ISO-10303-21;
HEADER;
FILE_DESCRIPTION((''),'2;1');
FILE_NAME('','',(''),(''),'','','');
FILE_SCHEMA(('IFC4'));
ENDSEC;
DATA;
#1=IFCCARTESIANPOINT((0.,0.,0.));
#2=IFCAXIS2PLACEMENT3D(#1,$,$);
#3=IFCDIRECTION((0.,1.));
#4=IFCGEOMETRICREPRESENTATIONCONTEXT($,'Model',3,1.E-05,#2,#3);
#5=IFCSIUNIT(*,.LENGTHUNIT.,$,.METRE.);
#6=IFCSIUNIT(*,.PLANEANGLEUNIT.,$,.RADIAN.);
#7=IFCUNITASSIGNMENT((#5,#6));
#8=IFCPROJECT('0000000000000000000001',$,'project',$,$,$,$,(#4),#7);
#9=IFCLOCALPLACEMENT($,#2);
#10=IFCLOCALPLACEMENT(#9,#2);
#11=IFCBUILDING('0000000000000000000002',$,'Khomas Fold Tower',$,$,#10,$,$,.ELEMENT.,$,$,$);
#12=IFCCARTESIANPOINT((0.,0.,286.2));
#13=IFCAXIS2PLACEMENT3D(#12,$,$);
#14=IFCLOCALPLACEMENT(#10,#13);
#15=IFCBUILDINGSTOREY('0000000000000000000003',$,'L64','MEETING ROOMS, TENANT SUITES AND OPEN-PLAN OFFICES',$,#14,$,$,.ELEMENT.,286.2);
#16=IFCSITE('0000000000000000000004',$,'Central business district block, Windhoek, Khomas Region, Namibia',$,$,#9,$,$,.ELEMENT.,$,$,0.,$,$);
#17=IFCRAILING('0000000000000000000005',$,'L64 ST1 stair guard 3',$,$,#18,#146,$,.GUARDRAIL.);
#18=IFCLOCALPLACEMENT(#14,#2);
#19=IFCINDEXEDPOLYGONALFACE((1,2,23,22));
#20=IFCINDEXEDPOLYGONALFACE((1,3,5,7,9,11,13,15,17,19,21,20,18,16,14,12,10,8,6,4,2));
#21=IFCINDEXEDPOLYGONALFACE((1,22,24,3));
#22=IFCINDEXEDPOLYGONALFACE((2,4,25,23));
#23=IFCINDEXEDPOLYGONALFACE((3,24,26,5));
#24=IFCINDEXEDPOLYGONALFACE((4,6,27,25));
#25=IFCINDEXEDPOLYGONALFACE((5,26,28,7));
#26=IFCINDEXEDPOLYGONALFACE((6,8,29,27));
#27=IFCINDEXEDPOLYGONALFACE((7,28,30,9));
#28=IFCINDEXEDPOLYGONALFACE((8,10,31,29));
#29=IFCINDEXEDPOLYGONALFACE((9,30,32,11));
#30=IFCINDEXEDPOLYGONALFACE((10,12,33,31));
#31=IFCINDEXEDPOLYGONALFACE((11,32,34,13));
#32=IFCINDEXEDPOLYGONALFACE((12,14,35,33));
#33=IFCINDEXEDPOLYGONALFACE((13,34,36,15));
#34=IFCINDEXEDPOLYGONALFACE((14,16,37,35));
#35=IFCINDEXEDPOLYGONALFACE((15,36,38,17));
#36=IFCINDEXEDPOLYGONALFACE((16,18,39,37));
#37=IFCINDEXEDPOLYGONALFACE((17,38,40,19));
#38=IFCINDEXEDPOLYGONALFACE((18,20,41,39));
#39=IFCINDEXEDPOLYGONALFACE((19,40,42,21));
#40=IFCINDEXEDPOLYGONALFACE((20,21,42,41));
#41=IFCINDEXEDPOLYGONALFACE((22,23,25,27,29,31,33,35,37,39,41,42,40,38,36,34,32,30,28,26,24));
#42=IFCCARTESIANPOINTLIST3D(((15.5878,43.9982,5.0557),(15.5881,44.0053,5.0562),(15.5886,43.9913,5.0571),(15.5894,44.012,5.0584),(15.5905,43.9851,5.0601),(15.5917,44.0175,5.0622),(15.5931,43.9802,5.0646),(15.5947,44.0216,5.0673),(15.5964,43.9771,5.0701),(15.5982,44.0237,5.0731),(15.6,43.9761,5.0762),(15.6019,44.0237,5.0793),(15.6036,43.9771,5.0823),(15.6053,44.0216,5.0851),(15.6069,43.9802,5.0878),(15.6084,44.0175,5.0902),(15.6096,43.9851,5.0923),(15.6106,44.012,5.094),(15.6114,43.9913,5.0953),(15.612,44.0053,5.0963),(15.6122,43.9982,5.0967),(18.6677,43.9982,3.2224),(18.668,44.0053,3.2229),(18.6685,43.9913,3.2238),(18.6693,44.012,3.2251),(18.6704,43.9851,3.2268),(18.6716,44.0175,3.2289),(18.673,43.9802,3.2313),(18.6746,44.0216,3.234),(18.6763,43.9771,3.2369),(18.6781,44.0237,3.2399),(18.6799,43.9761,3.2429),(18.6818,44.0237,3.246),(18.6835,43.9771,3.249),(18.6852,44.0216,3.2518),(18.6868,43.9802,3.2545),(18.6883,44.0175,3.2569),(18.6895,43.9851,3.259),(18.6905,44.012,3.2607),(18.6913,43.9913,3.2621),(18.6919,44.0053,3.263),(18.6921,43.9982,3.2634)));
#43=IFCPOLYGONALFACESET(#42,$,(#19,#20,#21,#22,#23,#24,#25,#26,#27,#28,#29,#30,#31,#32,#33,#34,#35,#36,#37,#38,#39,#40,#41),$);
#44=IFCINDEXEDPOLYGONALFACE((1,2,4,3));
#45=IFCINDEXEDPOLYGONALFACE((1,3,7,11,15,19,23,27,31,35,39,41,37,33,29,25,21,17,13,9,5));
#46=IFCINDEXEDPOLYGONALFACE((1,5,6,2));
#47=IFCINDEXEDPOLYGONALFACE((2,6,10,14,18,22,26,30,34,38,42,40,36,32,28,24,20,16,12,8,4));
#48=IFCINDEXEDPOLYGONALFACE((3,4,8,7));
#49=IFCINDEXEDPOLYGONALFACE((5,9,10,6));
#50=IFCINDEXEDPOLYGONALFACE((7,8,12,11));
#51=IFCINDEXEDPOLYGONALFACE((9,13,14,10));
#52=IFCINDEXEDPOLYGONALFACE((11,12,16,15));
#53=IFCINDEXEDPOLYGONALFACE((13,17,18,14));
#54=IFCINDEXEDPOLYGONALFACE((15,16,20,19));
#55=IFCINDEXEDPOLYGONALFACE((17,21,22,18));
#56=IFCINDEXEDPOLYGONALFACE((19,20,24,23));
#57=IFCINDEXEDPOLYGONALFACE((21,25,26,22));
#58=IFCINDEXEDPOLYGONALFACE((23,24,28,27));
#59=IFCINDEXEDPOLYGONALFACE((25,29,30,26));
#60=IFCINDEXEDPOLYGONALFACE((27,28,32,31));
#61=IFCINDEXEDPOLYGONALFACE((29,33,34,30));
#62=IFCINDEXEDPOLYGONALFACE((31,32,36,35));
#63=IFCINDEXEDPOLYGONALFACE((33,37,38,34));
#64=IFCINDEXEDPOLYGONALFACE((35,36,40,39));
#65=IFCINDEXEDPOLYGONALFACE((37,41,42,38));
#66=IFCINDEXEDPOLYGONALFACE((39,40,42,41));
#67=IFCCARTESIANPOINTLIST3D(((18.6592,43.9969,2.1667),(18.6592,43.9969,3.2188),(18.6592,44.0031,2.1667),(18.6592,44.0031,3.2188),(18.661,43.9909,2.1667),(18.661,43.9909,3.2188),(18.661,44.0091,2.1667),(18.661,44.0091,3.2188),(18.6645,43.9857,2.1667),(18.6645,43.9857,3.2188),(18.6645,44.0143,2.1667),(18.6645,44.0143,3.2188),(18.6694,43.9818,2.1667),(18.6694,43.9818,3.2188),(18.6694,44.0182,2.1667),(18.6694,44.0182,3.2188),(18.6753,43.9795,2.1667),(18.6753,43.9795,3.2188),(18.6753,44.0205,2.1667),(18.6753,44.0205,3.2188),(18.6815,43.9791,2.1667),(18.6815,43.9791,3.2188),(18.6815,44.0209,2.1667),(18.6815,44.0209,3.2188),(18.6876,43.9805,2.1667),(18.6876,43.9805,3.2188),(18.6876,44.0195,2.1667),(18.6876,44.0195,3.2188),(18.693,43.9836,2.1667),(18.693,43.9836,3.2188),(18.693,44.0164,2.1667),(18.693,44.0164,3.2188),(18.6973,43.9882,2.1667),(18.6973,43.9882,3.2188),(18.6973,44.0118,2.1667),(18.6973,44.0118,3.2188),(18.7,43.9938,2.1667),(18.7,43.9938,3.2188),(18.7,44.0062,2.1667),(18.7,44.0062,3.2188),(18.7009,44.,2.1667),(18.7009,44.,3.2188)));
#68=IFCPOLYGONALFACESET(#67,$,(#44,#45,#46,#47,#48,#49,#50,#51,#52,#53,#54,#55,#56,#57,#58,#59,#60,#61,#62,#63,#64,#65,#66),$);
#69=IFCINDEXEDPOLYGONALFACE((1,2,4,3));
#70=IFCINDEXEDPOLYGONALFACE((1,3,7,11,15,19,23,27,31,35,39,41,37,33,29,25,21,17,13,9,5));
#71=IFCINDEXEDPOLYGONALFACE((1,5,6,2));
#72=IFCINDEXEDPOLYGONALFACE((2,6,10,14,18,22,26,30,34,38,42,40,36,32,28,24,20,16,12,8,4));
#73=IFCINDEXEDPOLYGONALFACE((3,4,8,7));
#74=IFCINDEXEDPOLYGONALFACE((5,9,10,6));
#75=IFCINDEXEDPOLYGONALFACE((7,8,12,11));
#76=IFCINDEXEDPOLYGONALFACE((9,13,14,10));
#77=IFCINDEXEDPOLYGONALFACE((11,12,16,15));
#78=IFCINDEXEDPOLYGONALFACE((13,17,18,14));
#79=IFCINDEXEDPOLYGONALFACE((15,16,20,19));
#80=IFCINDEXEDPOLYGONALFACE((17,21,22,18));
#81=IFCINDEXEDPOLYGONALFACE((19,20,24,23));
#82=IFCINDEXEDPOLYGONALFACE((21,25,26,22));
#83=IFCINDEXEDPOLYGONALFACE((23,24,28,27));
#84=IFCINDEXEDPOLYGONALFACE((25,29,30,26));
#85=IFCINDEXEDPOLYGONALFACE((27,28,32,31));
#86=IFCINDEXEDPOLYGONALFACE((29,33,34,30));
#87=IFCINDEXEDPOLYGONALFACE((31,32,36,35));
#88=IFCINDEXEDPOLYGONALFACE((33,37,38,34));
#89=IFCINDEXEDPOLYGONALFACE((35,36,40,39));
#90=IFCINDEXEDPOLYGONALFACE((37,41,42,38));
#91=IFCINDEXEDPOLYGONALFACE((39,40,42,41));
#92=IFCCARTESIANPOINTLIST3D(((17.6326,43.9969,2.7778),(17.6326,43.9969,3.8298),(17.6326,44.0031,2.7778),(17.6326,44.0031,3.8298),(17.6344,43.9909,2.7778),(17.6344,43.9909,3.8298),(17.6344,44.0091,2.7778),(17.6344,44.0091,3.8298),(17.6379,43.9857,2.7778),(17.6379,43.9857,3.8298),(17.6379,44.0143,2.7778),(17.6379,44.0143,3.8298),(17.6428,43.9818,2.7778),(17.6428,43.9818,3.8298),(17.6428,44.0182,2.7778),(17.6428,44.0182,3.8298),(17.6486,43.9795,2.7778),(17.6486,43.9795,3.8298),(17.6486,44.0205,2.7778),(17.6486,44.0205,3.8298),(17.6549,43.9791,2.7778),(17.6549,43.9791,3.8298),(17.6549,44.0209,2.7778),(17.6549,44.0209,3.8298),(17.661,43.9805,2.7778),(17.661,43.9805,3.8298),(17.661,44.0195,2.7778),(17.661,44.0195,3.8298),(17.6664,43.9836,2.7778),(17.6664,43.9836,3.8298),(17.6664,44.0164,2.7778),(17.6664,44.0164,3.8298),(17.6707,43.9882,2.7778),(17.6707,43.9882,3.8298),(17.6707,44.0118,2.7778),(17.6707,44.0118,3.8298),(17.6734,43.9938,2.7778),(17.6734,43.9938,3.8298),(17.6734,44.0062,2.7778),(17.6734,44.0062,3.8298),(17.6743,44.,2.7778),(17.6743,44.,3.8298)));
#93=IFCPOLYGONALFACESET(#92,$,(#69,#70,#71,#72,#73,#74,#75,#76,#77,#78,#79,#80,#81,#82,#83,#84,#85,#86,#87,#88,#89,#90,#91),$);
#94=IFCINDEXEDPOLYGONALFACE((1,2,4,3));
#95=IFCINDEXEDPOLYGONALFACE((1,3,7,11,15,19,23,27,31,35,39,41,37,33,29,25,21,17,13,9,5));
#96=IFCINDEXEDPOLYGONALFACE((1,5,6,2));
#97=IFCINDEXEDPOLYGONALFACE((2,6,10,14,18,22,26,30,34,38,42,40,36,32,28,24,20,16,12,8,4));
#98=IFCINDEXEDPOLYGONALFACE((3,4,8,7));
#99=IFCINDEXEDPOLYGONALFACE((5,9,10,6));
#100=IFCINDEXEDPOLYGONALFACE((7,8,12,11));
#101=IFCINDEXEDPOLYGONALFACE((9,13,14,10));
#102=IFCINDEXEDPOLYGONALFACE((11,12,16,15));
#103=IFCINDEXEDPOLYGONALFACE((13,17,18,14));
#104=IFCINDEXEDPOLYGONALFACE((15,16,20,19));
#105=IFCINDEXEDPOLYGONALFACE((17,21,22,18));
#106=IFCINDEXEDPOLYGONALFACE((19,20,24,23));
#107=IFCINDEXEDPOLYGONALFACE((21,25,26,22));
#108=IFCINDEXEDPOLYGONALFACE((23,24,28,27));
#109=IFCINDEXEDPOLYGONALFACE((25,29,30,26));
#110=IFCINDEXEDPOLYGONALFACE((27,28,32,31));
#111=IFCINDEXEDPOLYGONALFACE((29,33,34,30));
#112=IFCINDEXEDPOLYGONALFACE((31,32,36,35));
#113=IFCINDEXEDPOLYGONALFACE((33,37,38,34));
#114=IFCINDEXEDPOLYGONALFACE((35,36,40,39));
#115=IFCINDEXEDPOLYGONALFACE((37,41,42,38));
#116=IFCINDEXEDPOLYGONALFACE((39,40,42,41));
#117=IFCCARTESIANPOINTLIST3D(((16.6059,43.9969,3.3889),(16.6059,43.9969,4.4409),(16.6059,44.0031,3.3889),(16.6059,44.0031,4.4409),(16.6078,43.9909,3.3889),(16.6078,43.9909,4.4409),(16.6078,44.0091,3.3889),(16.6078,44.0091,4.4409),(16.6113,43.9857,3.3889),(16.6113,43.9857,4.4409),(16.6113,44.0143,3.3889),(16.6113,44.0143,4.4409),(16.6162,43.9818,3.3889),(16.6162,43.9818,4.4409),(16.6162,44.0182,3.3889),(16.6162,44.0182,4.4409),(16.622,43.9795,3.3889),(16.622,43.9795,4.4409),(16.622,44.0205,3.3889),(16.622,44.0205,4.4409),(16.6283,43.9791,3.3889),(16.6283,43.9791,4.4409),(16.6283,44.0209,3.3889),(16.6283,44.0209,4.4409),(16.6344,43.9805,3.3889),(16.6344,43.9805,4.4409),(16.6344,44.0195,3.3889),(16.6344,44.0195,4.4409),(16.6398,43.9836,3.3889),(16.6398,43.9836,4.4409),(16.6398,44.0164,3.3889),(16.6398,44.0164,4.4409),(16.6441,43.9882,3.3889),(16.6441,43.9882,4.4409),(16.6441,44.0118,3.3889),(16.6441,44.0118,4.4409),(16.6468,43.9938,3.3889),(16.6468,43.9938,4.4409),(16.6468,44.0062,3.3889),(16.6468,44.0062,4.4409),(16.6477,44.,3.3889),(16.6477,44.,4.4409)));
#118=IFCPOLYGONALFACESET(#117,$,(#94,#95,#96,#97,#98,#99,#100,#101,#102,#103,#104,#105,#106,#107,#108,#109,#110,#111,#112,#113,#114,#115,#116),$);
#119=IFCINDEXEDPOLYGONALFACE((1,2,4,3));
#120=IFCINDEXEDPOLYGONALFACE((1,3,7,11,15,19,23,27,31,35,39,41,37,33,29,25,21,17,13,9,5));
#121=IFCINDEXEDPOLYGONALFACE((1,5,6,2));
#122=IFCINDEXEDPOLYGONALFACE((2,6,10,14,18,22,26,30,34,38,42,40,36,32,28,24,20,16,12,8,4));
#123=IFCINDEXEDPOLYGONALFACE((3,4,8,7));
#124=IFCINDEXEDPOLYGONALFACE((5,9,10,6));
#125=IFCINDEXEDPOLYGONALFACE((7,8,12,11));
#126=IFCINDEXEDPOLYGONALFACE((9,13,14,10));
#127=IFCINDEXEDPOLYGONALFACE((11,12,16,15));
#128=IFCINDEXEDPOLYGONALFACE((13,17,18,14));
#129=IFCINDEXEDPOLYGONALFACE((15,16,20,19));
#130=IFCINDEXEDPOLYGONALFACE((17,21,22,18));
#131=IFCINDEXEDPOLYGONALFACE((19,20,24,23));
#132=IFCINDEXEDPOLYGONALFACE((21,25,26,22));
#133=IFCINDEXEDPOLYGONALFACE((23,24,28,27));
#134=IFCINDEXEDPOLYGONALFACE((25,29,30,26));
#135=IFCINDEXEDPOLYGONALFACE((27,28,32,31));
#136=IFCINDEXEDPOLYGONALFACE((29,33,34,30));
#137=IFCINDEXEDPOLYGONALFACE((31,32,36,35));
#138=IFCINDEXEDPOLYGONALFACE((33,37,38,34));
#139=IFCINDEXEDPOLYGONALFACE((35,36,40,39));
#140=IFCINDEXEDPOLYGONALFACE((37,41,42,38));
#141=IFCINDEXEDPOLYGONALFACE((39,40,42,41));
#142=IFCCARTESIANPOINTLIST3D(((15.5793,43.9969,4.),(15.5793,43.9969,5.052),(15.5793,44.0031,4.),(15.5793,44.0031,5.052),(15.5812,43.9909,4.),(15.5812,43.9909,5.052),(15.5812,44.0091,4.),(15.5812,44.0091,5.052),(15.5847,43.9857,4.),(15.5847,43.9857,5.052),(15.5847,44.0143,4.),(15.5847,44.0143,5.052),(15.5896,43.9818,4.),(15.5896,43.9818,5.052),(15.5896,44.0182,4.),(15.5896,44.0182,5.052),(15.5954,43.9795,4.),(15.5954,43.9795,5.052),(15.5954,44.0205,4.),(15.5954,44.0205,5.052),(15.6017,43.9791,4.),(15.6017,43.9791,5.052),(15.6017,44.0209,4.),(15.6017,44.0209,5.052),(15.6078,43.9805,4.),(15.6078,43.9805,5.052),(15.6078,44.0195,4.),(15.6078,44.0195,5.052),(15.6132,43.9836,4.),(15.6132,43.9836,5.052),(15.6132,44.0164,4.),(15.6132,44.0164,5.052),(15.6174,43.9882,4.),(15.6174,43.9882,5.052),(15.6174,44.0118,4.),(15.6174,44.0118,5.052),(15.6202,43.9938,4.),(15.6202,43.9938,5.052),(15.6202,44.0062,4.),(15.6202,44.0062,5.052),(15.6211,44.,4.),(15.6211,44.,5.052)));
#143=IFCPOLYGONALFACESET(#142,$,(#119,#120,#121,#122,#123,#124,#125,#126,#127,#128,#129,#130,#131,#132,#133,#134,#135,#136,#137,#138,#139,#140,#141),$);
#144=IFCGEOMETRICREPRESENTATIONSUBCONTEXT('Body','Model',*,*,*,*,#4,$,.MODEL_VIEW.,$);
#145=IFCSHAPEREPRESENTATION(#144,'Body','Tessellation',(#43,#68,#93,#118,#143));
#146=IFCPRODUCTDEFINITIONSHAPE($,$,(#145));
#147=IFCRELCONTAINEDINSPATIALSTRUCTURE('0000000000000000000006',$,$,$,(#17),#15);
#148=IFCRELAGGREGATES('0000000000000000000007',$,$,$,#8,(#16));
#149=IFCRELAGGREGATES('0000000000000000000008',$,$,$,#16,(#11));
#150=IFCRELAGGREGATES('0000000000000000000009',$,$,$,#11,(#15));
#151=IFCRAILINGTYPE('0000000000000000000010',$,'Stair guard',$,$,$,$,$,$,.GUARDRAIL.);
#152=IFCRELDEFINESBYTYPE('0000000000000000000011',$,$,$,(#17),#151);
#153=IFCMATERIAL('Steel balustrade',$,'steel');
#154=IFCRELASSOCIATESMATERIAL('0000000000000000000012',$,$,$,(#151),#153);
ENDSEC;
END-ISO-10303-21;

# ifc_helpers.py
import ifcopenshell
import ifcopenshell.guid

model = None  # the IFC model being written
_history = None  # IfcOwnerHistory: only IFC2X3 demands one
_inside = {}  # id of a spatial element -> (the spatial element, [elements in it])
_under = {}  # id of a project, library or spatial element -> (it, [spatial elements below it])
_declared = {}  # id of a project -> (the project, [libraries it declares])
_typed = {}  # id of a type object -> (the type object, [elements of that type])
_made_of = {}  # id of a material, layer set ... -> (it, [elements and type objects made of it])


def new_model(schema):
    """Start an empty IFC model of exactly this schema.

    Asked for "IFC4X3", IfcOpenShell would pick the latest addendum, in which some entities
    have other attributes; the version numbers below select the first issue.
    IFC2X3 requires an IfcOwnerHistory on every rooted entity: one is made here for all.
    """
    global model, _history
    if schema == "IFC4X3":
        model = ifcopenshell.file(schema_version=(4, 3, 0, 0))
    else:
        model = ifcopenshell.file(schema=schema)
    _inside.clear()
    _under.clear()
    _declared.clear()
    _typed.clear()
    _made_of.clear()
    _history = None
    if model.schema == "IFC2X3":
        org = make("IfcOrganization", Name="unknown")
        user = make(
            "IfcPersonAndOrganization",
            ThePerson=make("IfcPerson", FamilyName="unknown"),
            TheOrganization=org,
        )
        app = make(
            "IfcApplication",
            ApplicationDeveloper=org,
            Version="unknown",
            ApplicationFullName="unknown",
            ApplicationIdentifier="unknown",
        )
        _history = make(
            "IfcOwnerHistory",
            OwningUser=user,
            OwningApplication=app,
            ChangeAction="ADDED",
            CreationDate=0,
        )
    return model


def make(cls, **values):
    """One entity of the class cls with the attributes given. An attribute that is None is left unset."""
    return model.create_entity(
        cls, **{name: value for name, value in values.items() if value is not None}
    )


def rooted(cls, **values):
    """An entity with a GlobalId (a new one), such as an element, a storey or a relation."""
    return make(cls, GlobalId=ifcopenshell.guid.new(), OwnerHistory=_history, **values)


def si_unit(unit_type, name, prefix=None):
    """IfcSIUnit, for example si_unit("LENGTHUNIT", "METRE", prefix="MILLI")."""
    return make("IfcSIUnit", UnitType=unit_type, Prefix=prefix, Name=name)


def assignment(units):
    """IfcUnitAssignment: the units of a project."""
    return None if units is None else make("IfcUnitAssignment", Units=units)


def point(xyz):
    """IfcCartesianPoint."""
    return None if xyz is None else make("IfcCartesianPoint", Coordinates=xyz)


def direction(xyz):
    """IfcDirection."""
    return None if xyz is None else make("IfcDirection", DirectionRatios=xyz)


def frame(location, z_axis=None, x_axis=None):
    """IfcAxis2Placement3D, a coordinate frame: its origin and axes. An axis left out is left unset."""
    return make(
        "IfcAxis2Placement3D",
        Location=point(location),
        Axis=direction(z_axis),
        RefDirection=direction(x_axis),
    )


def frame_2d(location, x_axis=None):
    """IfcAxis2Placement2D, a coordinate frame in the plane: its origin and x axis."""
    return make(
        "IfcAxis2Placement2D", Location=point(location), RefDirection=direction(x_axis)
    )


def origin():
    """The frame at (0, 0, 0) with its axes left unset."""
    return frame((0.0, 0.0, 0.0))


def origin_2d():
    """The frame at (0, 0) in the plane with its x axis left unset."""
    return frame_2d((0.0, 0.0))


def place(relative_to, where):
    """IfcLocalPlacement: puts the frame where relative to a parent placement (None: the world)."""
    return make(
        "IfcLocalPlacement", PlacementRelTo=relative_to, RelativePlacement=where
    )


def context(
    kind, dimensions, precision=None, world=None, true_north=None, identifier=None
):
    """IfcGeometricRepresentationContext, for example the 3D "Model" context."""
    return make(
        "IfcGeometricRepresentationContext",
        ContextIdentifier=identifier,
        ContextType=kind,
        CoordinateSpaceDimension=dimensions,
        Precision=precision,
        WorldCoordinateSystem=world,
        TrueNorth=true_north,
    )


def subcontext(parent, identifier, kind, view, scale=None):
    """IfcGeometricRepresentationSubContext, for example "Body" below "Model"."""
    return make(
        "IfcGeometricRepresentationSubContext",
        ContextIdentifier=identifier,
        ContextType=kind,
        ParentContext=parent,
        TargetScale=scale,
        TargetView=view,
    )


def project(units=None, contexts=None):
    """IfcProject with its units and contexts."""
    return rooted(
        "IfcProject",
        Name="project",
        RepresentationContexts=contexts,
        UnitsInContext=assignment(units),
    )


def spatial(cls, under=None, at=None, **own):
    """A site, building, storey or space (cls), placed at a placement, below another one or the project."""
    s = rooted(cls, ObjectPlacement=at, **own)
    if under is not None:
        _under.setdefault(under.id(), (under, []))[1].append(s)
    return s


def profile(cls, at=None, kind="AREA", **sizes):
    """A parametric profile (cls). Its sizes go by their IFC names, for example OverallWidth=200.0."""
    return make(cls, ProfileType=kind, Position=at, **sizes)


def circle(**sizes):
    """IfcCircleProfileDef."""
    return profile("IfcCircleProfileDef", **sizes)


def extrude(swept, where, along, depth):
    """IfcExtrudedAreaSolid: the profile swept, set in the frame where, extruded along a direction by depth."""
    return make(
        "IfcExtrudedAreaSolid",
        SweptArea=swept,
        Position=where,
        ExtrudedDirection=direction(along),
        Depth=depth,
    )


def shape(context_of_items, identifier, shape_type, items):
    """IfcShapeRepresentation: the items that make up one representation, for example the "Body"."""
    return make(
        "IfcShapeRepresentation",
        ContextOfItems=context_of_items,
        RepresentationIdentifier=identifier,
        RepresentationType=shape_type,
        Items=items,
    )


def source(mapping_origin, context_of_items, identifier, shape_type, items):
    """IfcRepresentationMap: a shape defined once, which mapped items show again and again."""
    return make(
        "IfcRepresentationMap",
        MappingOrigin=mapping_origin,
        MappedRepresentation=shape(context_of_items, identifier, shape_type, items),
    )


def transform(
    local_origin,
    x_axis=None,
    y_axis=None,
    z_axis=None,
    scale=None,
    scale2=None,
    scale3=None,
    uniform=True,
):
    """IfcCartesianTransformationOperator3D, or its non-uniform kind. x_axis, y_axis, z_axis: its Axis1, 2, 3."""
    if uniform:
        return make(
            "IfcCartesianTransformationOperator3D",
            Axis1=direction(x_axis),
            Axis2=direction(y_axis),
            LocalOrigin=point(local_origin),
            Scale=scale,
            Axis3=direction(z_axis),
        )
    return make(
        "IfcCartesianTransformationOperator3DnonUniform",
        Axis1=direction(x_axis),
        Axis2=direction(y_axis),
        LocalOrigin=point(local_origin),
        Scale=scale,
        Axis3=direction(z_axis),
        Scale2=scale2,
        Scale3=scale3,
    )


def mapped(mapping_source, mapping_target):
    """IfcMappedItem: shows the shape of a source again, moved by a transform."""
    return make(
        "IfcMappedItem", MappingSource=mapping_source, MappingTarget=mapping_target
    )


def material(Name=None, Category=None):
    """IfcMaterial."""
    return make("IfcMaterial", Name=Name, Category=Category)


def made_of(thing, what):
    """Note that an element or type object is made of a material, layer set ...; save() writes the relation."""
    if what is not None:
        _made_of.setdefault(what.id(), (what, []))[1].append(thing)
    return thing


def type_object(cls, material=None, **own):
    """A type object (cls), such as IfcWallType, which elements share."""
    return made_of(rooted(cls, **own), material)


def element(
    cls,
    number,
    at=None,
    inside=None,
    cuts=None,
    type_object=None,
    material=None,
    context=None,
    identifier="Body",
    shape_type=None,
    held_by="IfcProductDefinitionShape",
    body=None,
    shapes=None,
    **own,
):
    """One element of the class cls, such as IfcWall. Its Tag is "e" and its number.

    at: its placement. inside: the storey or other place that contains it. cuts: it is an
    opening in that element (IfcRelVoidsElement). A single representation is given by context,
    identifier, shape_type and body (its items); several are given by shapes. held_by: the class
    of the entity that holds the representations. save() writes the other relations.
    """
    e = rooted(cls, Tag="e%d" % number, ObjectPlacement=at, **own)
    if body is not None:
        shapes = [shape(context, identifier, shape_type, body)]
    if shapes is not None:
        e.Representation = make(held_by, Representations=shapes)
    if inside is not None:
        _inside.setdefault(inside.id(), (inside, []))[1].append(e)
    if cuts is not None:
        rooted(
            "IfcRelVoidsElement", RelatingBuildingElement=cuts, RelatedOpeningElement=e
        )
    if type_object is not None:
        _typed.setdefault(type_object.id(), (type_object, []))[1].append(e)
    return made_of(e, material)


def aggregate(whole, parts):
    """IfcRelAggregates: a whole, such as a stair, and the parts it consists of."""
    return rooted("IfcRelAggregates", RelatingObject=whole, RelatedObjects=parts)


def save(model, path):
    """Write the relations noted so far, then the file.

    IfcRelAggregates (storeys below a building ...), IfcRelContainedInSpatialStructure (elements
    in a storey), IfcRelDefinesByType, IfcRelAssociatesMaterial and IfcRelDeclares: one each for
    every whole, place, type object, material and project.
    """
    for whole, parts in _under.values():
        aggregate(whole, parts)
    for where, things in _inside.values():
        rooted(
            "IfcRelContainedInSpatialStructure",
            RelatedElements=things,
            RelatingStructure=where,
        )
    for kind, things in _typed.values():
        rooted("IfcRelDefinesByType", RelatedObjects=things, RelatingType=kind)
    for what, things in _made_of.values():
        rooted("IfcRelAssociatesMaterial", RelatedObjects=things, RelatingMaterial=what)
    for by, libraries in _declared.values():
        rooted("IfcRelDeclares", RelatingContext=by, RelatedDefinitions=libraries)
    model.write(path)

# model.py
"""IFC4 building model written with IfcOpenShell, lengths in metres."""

from ifc_helpers import new_model, si_unit, direction, frame, origin, origin_2d, place, context, subcontext, project, spatial, circle, extrude, source, transform, mapped, material, type_object, element, save


model = new_model("IFC4")

# Units and contexts
model_context = context("Model", 3, precision=1e-05, world=origin(), true_north=direction((0.0, 1.0)))
body_context = subcontext(model_context, "Body", "Model", "MODEL_VIEW")
ifc_project = project(units=[si_unit("LENGTHUNIT", "METRE"), si_unit("PLANEANGLEUNIT", "RADIAN")], contexts=[model_context])

# Site, building, storey
site_placement = place(None, origin())
site = spatial("IfcSite", under=ifc_project, at=site_placement, Name="Central business district block, Windhoek, Khomas Region, Namibia", CompositionType="ELEMENT", RefElevation=0.0)
building_placement = place(site_placement, origin())
building = spatial("IfcBuilding", under=site, at=building_placement, Name="Khomas Fold Tower", CompositionType="ELEMENT")
storey_placement = place(building_placement, frame((0.0, 0.0, 286.2)))
storey = spatial("IfcBuildingStorey", under=building, at=storey_placement, Name="L64", Description="MEETING ROOMS, TENANT SUITES AND OPEN-PLAN OFFICES", CompositionType="ELEMENT", Elevation=286.2)

# Railing
ifc_material_1 = material(Name="Steel balustrade", Category="steel")
railing_type_1 = type_object("IfcRailingType", Name="Stair guard", PredefinedType="GUARDRAIL", material=ifc_material_1)
shared_shape_1 = source(origin(), body_context, "Body", "SweptSolid", [
    extrude(circle(Radius=0.0239, at=origin_2d()), frame((0.0, 0.0, 1.0762), z_axis=(-0.859291, 0.0, 0.511487), x_axis=(0.0, -1.0, 0.0)), (0.0, 0.0, 1.0), 3.5842),
    extrude(circle(Radius=0.021, at=origin_2d()), origin(), (0.0, 0.0, 1.0), 1.052),
    extrude(circle(Radius=0.021, at=origin_2d()), frame((-1.0266, 0.0, 0.6111)), (0.0, 0.0, 1.0), 1.052),
    extrude(circle(Radius=0.021, at=origin_2d()), frame((-2.0532, 0.0, 1.2222)), (0.0, 0.0, 1.0), 1.052),
    extrude(circle(Radius=0.021, at=origin_2d()), frame((-3.0798, 0.0, 1.8333)), (0.0, 0.0, 1.0), 1.052),
])
railing_1_placement = place(storey_placement, frame((18.6799, 44.0, 2.1667)))
element("IfcRailing", 1, at=railing_1_placement, inside=storey, type_object=railing_type_1, Name="L64 ST1 stair guard 3", PredefinedType="GUARDRAIL", context=body_context, shape_type="MappedRepresentation", body=[
    mapped(shared_shape_1, transform((0.0, 0.0, 0.0))),
])

save(model, "model.ifc")
